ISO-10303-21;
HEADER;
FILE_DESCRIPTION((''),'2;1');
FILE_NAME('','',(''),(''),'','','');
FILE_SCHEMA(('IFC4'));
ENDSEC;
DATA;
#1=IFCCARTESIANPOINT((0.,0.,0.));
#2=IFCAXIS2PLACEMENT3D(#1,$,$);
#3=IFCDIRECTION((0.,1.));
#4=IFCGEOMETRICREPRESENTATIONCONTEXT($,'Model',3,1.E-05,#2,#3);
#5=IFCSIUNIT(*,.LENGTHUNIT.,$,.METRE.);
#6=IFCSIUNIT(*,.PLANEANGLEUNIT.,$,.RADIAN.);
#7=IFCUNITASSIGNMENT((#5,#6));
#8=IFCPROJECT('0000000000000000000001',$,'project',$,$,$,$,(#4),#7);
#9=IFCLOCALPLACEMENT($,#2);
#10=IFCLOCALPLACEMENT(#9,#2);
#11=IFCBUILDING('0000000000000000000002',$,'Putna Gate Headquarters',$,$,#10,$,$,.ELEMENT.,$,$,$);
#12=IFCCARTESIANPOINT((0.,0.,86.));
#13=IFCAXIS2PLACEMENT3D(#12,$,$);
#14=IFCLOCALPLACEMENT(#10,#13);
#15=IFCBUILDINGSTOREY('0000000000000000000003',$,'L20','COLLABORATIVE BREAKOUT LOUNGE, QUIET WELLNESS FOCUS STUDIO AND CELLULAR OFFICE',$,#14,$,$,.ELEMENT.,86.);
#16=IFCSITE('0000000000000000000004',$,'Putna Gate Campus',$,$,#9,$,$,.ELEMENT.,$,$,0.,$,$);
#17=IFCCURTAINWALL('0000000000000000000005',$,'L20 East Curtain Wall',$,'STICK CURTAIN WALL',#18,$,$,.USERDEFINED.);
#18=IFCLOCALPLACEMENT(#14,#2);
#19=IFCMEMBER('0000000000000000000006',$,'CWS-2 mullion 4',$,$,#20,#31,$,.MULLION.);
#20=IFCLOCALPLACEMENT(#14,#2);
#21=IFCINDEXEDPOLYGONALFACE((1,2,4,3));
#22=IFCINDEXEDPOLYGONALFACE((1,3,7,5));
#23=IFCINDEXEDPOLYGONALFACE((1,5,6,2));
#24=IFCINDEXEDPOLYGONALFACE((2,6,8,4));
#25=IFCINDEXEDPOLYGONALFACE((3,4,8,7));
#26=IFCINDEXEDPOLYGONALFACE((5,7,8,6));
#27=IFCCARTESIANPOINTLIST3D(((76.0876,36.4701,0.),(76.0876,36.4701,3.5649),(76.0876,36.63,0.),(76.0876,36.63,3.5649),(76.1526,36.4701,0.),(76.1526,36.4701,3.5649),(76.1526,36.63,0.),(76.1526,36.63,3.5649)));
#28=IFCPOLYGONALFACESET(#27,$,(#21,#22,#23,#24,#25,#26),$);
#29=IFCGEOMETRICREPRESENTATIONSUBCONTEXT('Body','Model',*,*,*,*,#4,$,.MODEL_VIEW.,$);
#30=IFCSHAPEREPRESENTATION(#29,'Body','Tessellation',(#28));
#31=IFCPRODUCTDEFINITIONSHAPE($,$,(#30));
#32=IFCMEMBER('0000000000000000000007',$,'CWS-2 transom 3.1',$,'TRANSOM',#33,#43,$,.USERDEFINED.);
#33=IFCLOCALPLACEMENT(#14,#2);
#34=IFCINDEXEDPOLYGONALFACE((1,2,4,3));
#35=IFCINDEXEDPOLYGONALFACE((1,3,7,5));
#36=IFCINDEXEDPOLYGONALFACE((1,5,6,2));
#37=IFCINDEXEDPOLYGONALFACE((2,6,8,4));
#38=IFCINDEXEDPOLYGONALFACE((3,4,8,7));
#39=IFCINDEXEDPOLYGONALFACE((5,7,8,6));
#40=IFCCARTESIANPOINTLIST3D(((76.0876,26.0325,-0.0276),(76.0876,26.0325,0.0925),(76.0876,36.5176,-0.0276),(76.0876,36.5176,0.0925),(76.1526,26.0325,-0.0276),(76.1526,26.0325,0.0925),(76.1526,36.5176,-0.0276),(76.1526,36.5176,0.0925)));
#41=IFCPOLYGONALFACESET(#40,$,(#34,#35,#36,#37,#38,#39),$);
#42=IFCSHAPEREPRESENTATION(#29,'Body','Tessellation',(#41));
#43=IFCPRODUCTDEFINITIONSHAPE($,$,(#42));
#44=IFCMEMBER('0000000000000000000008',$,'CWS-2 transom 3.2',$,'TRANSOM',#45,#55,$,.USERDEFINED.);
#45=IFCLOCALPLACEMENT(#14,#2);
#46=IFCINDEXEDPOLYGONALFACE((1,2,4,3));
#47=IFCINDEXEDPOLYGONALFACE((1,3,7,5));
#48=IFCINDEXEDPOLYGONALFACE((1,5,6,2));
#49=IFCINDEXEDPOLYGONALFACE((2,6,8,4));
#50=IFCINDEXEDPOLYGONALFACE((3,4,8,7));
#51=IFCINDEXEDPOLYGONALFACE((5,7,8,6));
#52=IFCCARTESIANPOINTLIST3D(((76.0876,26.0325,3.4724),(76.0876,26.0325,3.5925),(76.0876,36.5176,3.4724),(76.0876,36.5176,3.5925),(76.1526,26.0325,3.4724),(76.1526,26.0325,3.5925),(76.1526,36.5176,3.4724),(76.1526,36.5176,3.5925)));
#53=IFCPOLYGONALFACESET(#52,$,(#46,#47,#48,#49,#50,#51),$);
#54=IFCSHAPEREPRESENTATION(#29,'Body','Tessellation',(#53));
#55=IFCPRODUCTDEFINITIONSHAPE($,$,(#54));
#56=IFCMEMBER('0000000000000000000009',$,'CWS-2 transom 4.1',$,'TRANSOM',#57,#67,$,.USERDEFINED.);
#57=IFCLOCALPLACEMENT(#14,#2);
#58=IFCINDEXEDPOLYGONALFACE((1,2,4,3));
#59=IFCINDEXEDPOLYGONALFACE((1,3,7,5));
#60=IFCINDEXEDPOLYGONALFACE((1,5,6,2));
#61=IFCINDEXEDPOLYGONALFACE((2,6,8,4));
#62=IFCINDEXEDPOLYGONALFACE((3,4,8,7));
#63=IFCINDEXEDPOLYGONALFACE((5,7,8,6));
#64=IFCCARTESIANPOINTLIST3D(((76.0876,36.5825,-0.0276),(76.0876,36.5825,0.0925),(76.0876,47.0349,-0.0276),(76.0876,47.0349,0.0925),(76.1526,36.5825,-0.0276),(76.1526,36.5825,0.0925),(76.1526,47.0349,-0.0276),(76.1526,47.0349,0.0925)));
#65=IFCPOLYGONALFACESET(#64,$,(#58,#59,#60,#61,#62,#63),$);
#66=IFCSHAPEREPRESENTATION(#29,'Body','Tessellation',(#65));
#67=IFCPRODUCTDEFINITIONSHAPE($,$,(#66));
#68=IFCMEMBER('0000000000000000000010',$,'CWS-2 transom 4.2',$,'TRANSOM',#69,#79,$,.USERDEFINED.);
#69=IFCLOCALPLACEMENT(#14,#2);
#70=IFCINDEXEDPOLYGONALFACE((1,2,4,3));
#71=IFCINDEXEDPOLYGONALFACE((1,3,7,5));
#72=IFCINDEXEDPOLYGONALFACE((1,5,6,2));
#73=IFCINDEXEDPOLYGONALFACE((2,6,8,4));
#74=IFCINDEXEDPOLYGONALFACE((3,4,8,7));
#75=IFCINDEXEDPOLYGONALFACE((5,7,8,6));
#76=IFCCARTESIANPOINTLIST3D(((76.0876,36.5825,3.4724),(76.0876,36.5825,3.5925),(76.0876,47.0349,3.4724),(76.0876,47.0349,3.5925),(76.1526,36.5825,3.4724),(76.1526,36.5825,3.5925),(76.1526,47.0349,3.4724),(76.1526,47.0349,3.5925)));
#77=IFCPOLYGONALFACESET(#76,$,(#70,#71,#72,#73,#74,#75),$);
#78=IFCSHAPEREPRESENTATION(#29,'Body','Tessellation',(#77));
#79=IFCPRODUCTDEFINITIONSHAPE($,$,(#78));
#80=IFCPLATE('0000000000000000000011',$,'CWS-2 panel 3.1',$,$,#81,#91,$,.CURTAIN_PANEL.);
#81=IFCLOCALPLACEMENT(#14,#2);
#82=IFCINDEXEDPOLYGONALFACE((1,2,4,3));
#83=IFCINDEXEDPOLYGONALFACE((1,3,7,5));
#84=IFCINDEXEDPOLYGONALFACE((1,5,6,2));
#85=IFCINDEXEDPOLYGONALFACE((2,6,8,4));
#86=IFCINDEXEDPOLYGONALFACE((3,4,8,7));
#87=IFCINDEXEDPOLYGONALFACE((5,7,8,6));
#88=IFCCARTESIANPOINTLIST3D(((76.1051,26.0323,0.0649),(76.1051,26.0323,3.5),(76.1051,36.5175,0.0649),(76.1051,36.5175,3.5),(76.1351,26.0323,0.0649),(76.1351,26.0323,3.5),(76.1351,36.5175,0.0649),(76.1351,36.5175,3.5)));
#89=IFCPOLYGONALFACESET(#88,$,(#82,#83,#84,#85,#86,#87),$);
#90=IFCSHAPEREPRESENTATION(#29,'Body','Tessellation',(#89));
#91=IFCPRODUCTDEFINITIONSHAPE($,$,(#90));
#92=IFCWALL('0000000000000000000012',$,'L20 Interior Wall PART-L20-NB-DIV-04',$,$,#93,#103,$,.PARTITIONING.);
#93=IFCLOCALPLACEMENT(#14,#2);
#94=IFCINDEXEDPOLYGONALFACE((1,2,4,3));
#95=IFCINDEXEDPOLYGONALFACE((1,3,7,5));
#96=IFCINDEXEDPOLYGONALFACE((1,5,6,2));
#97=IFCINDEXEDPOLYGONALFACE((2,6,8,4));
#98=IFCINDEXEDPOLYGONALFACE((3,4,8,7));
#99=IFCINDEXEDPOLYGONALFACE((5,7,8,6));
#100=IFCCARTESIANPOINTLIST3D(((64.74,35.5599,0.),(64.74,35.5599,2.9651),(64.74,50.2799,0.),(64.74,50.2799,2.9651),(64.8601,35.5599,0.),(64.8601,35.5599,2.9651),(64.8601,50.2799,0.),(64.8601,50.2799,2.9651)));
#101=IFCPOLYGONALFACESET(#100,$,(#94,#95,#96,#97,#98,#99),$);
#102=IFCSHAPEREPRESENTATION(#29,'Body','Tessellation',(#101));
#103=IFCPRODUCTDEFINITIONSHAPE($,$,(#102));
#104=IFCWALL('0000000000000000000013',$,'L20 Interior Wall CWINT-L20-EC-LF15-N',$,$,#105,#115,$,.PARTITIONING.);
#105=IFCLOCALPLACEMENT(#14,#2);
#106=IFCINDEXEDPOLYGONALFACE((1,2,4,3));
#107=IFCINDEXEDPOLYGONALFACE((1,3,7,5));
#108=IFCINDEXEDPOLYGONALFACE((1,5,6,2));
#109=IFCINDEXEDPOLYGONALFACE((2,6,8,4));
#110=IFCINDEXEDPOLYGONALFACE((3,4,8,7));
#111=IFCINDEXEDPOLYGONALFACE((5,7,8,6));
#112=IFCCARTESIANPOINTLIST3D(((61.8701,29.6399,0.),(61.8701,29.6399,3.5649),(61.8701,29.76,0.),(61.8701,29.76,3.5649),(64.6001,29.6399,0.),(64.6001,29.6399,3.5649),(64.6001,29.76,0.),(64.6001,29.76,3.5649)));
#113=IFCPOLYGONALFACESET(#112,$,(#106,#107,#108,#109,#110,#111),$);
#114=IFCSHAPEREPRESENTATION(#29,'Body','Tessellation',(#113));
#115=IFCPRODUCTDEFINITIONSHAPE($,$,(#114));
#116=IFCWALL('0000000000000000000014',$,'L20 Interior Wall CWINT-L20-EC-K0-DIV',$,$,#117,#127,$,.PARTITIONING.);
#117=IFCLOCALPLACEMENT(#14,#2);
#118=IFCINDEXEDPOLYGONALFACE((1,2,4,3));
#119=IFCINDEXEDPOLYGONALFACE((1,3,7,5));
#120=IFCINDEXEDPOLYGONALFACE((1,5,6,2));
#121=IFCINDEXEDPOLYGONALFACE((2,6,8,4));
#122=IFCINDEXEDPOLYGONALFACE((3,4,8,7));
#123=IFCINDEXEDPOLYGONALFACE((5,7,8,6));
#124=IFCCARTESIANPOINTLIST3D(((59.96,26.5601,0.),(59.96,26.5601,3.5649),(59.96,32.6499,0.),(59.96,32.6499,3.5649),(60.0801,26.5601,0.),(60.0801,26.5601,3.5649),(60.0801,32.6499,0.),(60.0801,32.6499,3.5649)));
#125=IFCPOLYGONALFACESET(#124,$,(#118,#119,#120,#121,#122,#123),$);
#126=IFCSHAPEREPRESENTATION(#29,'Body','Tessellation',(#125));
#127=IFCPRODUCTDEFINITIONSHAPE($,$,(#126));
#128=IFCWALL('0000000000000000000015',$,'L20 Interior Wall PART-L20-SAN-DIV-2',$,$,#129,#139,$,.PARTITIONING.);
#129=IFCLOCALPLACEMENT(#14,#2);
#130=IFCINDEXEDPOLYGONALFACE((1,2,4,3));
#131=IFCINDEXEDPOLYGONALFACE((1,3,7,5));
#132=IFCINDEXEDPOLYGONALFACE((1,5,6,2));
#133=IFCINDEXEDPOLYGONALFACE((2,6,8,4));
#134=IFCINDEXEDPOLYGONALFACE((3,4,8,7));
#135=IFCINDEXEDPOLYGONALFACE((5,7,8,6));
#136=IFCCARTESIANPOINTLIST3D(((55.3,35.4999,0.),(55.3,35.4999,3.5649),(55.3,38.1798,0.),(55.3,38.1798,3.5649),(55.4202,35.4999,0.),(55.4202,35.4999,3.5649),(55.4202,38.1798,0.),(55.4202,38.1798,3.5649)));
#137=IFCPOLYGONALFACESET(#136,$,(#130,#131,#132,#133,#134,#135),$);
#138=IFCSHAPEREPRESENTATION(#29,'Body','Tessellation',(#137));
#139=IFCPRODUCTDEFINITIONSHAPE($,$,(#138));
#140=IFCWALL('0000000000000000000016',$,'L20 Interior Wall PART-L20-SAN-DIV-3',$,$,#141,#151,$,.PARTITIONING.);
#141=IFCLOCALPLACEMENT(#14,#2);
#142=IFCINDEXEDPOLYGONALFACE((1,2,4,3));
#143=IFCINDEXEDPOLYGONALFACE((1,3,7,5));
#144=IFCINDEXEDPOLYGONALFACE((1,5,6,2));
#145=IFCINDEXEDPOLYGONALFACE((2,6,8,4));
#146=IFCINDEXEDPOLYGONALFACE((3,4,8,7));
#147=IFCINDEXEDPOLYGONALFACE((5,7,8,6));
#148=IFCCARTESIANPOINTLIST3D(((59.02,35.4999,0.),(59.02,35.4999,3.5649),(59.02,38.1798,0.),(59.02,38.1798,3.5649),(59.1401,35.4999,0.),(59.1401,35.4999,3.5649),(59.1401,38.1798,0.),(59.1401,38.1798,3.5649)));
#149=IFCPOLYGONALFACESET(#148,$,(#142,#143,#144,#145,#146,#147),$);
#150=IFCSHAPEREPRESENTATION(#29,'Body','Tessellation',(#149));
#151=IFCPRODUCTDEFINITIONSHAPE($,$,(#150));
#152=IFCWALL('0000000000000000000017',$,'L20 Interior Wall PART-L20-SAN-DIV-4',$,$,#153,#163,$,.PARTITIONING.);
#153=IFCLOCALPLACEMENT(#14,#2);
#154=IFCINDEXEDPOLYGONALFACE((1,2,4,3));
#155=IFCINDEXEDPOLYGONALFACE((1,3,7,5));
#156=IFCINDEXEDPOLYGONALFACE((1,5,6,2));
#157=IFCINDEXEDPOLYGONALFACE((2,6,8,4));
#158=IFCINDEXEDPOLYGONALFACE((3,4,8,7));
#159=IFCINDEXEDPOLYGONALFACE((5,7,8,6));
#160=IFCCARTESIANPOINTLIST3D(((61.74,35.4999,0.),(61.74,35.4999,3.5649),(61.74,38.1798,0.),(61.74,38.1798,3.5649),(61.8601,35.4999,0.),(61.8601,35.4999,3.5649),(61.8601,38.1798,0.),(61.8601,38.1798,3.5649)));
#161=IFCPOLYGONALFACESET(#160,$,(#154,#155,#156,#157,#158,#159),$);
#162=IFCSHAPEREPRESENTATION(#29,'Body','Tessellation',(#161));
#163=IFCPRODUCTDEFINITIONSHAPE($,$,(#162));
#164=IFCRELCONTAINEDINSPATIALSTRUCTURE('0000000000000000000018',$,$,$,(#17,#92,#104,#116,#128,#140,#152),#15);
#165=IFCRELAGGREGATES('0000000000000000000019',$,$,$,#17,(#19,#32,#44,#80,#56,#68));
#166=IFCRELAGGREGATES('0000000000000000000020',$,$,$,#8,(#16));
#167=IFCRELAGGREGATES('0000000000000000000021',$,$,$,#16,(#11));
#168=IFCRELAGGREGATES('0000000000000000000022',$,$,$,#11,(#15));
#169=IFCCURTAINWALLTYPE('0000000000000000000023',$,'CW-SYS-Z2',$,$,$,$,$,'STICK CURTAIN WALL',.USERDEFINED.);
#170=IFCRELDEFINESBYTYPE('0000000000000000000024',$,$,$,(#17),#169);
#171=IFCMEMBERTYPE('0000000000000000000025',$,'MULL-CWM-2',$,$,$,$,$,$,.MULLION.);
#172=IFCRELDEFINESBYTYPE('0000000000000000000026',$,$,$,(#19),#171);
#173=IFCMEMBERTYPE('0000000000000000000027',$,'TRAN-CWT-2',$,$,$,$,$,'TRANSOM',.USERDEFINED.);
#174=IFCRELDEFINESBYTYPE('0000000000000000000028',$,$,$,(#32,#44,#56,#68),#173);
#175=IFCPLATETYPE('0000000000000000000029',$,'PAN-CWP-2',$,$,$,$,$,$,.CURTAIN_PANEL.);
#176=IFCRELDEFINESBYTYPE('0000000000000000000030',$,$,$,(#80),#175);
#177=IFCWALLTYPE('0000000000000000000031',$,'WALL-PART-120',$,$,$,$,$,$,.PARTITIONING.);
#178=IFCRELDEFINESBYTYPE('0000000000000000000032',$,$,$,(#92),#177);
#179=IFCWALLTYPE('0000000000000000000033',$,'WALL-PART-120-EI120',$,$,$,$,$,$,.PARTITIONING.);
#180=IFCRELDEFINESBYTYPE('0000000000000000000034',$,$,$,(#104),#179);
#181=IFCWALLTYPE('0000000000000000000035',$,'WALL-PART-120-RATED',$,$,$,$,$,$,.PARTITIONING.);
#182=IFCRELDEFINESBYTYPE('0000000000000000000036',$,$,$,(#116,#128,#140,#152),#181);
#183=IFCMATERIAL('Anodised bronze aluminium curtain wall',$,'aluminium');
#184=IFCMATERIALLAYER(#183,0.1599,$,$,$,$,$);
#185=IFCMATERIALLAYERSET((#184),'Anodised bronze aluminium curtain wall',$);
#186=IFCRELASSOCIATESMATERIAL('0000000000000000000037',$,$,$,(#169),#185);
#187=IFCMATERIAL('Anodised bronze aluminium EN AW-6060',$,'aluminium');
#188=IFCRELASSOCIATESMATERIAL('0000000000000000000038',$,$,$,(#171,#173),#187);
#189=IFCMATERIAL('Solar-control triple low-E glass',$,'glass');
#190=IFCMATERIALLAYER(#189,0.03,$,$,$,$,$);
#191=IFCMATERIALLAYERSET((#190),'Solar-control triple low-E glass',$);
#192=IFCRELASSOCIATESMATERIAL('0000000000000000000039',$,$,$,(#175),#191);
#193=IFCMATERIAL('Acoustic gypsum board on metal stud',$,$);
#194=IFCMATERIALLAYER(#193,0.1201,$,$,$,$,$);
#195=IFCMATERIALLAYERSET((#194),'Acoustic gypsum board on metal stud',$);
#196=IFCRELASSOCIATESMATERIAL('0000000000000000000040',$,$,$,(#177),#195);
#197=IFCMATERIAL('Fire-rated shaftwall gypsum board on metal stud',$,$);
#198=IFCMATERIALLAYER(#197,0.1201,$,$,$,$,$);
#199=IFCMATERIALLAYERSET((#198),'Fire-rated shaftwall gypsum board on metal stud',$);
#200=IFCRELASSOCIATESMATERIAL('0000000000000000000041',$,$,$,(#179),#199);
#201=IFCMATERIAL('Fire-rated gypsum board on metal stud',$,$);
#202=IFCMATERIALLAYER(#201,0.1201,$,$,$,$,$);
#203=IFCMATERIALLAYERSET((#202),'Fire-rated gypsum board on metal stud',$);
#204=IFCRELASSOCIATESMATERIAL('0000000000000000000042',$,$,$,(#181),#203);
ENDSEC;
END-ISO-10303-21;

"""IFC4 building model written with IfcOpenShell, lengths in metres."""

from ifc_helpers import new_model, si_unit, direction, frame, frame_2d, origin, origin_2d, place, context, subcontext, project, spatial, rectangle, extrude, material, layer, layer_set, material_profile, profile_set, type_object, element, aggregate, save


model = new_model("IFC4")

# Units and contexts
model_context = context("Model", 3, precision=1e-05, world=origin(), true_north=direction((0.0, 1.0)))
body_context = subcontext(model_context, "Body", "Model", "MODEL_VIEW")
ifc_project = project(units=[si_unit("LENGTHUNIT", "METRE"), si_unit("PLANEANGLEUNIT", "RADIAN")], contexts=[model_context])

# Site, building, storey
site_placement = place(None, origin())
site = spatial("IfcSite", under=ifc_project, at=site_placement, Name="Putna Gate Campus", CompositionType="ELEMENT", RefElevation=0.0)
building_placement = place(site_placement, origin())
building = spatial("IfcBuilding", under=site, at=building_placement, Name="Putna Gate Headquarters", CompositionType="ELEMENT")
storey_placement = place(building_placement, frame((0.0, 0.0, 86.0)))
storey = spatial("IfcBuildingStorey", under=building, at=storey_placement, Name="L20", Description="COLLABORATIVE BREAKOUT LOUNGE, QUIET WELLNESS FOCUS STUDIO AND CELLULAR OFFICE", CompositionType="ELEMENT", Elevation=86.0)

# Curtain wall, members, plate
ifc_material_1 = material(Name="Anodised bronze aluminium curtain wall", Category="aluminium")
ifc_layer_1 = layer(ifc_material_1, 0.1599)
ifc_layer_set_1 = layer_set([ifc_layer_1], Name="Anodised bronze aluminium curtain wall")
curtain_wall_type = type_object("IfcCurtainWallType", Name="CW-SYS-Z2", ElementType="STICK CURTAIN WALL", PredefinedType="USERDEFINED", material=ifc_layer_set_1)
curtain_wall_placement = place(storey_placement, origin())
curtain_wall = element("IfcCurtainWall", 1, at=curtain_wall_placement, inside=storey, type_object=curtain_wall_type, Name="L20 East Curtain Wall", ObjectType="STICK CURTAIN WALL", PredefinedType="USERDEFINED")
ifc_material_2 = material(Name="Anodised bronze aluminium EN AW-6060", Category="aluminium")
ifc_material_profile_1 = material_profile(ifc_material_2, rectangle(XDim=0.0649, YDim=0.1599, at=origin_2d()), Name="Anodised bronze aluminium EN AW-6060")
ifc_profile_set_1 = profile_set([ifc_material_profile_1], Name="Anodised bronze aluminium EN AW-6060")
member_type_1 = type_object("IfcMemberType", Name="MULL-CWM-2", PredefinedType="MULLION", material=ifc_profile_set_1)
member_1_placement = place(storey_placement, frame((76.1201, 36.55, 0.0), z_axis=(0.0, 0.0, 1.0), x_axis=(-1.0, 0.0, 0.0)))
member_1 = element("IfcMember", 2, at=member_1_placement, type_object=member_type_1, Name="CWS-2 mullion 4", PredefinedType="MULLION", context=body_context, shape_type="SweptSolid", body=[
    extrude(rectangle(XDim=0.0649, YDim=0.1599, at=origin_2d()), origin(), (0.0, 0.0, 1.0), 3.5649),
])
ifc_material_profile_2 = material_profile(ifc_material_2, rectangle(XDim=0.0649, YDim=0.1201, at=origin_2d()), Name="Anodised bronze aluminium EN AW-6060")
ifc_profile_set_2 = profile_set([ifc_material_profile_2], Name="Anodised bronze aluminium EN AW-6060")
member_type_2 = type_object("IfcMemberType", Name="TRAN-CWT-2", ElementType="TRANSOM", PredefinedType="USERDEFINED", material=ifc_profile_set_2)
member_2_placement = place(storey_placement, frame((76.1201, 26.0325, 0.0325), z_axis=(0.0, 1.0, 0.0), x_axis=(-1.0, 0.0, 0.0)))
member_2 = element("IfcMember", 3, at=member_2_placement, type_object=member_type_2, Name="CWS-2 transom 3.1", ObjectType="TRANSOM", PredefinedType="USERDEFINED", context=body_context, shape_type="SweptSolid", body=[
    extrude(rectangle(XDim=0.0649, YDim=0.1201, at=origin_2d()), origin(), (0.0, 0.0, 1.0), 10.4851),
])
member_3_placement = place(storey_placement, frame((76.1201, 26.0325, 3.5325), z_axis=(0.0, 1.0, 0.0), x_axis=(-1.0, 0.0, 0.0)))
member_3 = element("IfcMember", 4, at=member_3_placement, type_object=member_type_2, Name="CWS-2 transom 3.2", ObjectType="TRANSOM", PredefinedType="USERDEFINED", context=body_context, shape_type="SweptSolid", body=[
    extrude(rectangle(XDim=0.0649, YDim=0.1201, at=origin_2d()), origin(), (0.0, 0.0, 1.0), 10.4851),
])
member_4_placement = place(storey_placement, frame((76.1201, 36.5825, 0.0325), z_axis=(0.0, 1.0, 0.0), x_axis=(-1.0, 0.0, 0.0)))
member_4 = element("IfcMember", 5, at=member_4_placement, type_object=member_type_2, Name="CWS-2 transom 4.1", ObjectType="TRANSOM", PredefinedType="USERDEFINED", context=body_context, shape_type="SweptSolid", body=[
    extrude(rectangle(XDim=0.0649, YDim=0.1201, at=origin_2d()), origin(), (0.0, 0.0, 1.0), 10.4524),
])
member_5_placement = place(storey_placement, frame((76.1201, 36.5825, 3.5325), z_axis=(0.0, 1.0, 0.0), x_axis=(-1.0, 0.0, 0.0)))
member_5 = element("IfcMember", 6, at=member_5_placement, type_object=member_type_2, Name="CWS-2 transom 4.2", ObjectType="TRANSOM", PredefinedType="USERDEFINED", context=body_context, shape_type="SweptSolid", body=[
    extrude(rectangle(XDim=0.0649, YDim=0.1201, at=origin_2d()), origin(), (0.0, 0.0, 1.0), 10.4524),
])
ifc_material_3 = material(Name="Solar-control triple low-E glass", Category="glass")
ifc_layer_2 = layer(ifc_material_3, 0.03)
ifc_layer_set_2 = layer_set([ifc_layer_2], Name="Solar-control triple low-E glass")
plate_type = type_object("IfcPlateType", Name="PAN-CWP-2", PredefinedType="CURTAIN_PANEL", material=ifc_layer_set_2)
plate_placement = place(storey_placement, frame((76.1201, 31.2749, 0.0649), z_axis=(0.0, 0.0, 1.0), x_axis=(0.0, 1.0, 0.0)))
plate = element("IfcPlate", 7, at=plate_placement, type_object=plate_type, Name="CWS-2 panel 3.1", PredefinedType="CURTAIN_PANEL", context=body_context, shape_type="SweptSolid", body=[
    extrude(rectangle(XDim=10.4851, YDim=0.03, at=origin_2d()), origin(), (0.0, 0.0, 1.0), 3.4351),
])
aggregate(curtain_wall, [member_1, member_2, member_3, plate, member_4, member_5])

# Walls
ifc_material_4 = material(Name="Acoustic gypsum board on metal stud")
ifc_layer_3 = layer(ifc_material_4, 0.1201)
ifc_layer_set_3 = layer_set([ifc_layer_3], Name="Acoustic gypsum board on metal stud")
wall_type_1 = type_object("IfcWallType", Name="WALL-PART-120", PredefinedType="PARTITIONING", material=ifc_layer_set_3)
wall_1_placement = place(storey_placement, frame((64.8, 35.5601, 0.0), z_axis=(0.0, 0.0, 1.0), x_axis=(0.0, 1.0, 0.0)))
element("IfcWall", 8, at=wall_1_placement, inside=storey, type_object=wall_type_1, Name="L20 Interior Wall PART-L20-NB-DIV-04", PredefinedType="PARTITIONING", context=body_context, shape_type="SweptSolid", body=[
    extrude(rectangle(XDim=14.72, YDim=0.1201, at=frame_2d((7.3599, 0.0))), origin(), (0.0, 0.0, 1.0), 2.9651),
])
ifc_material_5 = material(Name="Fire-rated shaftwall gypsum board on metal stud")
ifc_layer_4 = layer(ifc_material_5, 0.1201)
ifc_layer_set_4 = layer_set([ifc_layer_4], Name="Fire-rated shaftwall gypsum board on metal stud")
wall_type_2 = type_object("IfcWallType", Name="WALL-PART-120-EI120", PredefinedType="PARTITIONING", material=ifc_layer_set_4)
wall_2_placement = place(storey_placement, frame((61.8701, 29.7, 0.0), z_axis=(0.0, 0.0, 1.0), x_axis=(1.0, 0.0, 0.0)))
element("IfcWall", 9, at=wall_2_placement, inside=storey, type_object=wall_type_2, Name="L20 Interior Wall CWINT-L20-EC-LF15-N", PredefinedType="PARTITIONING", context=body_context, shape_type="SweptSolid", body=[
    extrude(rectangle(XDim=2.73, YDim=0.1201, at=frame_2d((1.365, 0.0))), origin(), (0.0, 0.0, 1.0), 3.5649),
])
ifc_material_6 = material(Name="Fire-rated gypsum board on metal stud")
ifc_layer_5 = layer(ifc_material_6, 0.1201)
ifc_layer_set_5 = layer_set([ifc_layer_5], Name="Fire-rated gypsum board on metal stud")
wall_type_3 = type_object("IfcWallType", Name="WALL-PART-120-RATED", PredefinedType="PARTITIONING", material=ifc_layer_set_5)
wall_3_placement = place(storey_placement, frame((60.02, 26.5601, 0.0), z_axis=(0.0, 0.0, 1.0), x_axis=(0.0, 1.0, 0.0)))
element("IfcWall", 10, at=wall_3_placement, inside=storey, type_object=wall_type_3, Name="L20 Interior Wall CWINT-L20-EC-K0-DIV", PredefinedType="PARTITIONING", context=body_context, shape_type="SweptSolid", body=[
    extrude(rectangle(XDim=6.0898, YDim=0.1201, at=frame_2d((3.0449, 0.0))), origin(), (0.0, 0.0, 1.0), 3.5649),
])
for number, where, z_axis, x_axis, name in (
    (11, (55.3601, 35.5, 0.0), (0.0, 0.0, 1.0), (0.0, 1.0, 0.0), "L20 Interior Wall PART-L20-SAN-DIV-2"),
    (12, (59.0801, 35.5, 0.0), (0.0, 0.0, 1.0), (0.0, 1.0, 0.0), "L20 Interior Wall PART-L20-SAN-DIV-3"),
    (13, (61.8, 35.5, 0.0), (0.0, 0.0, 1.0), (0.0, 1.0, 0.0), "L20 Interior Wall PART-L20-SAN-DIV-4"),
):
    element("IfcWall", number, at=place(storey_placement, frame(where, z_axis=z_axis, x_axis=x_axis)), inside=storey, type_object=wall_type_3, Name=name, PredefinedType="PARTITIONING", context=body_context, shape_type="SweptSolid", body=[
        extrude(rectangle(XDim=2.6799, YDim=0.1201, at=frame_2d((1.3398, 0.0))), origin(), (0.0, 0.0, 1.0), 3.5649),
    ])

save(model, "model.ifc")
